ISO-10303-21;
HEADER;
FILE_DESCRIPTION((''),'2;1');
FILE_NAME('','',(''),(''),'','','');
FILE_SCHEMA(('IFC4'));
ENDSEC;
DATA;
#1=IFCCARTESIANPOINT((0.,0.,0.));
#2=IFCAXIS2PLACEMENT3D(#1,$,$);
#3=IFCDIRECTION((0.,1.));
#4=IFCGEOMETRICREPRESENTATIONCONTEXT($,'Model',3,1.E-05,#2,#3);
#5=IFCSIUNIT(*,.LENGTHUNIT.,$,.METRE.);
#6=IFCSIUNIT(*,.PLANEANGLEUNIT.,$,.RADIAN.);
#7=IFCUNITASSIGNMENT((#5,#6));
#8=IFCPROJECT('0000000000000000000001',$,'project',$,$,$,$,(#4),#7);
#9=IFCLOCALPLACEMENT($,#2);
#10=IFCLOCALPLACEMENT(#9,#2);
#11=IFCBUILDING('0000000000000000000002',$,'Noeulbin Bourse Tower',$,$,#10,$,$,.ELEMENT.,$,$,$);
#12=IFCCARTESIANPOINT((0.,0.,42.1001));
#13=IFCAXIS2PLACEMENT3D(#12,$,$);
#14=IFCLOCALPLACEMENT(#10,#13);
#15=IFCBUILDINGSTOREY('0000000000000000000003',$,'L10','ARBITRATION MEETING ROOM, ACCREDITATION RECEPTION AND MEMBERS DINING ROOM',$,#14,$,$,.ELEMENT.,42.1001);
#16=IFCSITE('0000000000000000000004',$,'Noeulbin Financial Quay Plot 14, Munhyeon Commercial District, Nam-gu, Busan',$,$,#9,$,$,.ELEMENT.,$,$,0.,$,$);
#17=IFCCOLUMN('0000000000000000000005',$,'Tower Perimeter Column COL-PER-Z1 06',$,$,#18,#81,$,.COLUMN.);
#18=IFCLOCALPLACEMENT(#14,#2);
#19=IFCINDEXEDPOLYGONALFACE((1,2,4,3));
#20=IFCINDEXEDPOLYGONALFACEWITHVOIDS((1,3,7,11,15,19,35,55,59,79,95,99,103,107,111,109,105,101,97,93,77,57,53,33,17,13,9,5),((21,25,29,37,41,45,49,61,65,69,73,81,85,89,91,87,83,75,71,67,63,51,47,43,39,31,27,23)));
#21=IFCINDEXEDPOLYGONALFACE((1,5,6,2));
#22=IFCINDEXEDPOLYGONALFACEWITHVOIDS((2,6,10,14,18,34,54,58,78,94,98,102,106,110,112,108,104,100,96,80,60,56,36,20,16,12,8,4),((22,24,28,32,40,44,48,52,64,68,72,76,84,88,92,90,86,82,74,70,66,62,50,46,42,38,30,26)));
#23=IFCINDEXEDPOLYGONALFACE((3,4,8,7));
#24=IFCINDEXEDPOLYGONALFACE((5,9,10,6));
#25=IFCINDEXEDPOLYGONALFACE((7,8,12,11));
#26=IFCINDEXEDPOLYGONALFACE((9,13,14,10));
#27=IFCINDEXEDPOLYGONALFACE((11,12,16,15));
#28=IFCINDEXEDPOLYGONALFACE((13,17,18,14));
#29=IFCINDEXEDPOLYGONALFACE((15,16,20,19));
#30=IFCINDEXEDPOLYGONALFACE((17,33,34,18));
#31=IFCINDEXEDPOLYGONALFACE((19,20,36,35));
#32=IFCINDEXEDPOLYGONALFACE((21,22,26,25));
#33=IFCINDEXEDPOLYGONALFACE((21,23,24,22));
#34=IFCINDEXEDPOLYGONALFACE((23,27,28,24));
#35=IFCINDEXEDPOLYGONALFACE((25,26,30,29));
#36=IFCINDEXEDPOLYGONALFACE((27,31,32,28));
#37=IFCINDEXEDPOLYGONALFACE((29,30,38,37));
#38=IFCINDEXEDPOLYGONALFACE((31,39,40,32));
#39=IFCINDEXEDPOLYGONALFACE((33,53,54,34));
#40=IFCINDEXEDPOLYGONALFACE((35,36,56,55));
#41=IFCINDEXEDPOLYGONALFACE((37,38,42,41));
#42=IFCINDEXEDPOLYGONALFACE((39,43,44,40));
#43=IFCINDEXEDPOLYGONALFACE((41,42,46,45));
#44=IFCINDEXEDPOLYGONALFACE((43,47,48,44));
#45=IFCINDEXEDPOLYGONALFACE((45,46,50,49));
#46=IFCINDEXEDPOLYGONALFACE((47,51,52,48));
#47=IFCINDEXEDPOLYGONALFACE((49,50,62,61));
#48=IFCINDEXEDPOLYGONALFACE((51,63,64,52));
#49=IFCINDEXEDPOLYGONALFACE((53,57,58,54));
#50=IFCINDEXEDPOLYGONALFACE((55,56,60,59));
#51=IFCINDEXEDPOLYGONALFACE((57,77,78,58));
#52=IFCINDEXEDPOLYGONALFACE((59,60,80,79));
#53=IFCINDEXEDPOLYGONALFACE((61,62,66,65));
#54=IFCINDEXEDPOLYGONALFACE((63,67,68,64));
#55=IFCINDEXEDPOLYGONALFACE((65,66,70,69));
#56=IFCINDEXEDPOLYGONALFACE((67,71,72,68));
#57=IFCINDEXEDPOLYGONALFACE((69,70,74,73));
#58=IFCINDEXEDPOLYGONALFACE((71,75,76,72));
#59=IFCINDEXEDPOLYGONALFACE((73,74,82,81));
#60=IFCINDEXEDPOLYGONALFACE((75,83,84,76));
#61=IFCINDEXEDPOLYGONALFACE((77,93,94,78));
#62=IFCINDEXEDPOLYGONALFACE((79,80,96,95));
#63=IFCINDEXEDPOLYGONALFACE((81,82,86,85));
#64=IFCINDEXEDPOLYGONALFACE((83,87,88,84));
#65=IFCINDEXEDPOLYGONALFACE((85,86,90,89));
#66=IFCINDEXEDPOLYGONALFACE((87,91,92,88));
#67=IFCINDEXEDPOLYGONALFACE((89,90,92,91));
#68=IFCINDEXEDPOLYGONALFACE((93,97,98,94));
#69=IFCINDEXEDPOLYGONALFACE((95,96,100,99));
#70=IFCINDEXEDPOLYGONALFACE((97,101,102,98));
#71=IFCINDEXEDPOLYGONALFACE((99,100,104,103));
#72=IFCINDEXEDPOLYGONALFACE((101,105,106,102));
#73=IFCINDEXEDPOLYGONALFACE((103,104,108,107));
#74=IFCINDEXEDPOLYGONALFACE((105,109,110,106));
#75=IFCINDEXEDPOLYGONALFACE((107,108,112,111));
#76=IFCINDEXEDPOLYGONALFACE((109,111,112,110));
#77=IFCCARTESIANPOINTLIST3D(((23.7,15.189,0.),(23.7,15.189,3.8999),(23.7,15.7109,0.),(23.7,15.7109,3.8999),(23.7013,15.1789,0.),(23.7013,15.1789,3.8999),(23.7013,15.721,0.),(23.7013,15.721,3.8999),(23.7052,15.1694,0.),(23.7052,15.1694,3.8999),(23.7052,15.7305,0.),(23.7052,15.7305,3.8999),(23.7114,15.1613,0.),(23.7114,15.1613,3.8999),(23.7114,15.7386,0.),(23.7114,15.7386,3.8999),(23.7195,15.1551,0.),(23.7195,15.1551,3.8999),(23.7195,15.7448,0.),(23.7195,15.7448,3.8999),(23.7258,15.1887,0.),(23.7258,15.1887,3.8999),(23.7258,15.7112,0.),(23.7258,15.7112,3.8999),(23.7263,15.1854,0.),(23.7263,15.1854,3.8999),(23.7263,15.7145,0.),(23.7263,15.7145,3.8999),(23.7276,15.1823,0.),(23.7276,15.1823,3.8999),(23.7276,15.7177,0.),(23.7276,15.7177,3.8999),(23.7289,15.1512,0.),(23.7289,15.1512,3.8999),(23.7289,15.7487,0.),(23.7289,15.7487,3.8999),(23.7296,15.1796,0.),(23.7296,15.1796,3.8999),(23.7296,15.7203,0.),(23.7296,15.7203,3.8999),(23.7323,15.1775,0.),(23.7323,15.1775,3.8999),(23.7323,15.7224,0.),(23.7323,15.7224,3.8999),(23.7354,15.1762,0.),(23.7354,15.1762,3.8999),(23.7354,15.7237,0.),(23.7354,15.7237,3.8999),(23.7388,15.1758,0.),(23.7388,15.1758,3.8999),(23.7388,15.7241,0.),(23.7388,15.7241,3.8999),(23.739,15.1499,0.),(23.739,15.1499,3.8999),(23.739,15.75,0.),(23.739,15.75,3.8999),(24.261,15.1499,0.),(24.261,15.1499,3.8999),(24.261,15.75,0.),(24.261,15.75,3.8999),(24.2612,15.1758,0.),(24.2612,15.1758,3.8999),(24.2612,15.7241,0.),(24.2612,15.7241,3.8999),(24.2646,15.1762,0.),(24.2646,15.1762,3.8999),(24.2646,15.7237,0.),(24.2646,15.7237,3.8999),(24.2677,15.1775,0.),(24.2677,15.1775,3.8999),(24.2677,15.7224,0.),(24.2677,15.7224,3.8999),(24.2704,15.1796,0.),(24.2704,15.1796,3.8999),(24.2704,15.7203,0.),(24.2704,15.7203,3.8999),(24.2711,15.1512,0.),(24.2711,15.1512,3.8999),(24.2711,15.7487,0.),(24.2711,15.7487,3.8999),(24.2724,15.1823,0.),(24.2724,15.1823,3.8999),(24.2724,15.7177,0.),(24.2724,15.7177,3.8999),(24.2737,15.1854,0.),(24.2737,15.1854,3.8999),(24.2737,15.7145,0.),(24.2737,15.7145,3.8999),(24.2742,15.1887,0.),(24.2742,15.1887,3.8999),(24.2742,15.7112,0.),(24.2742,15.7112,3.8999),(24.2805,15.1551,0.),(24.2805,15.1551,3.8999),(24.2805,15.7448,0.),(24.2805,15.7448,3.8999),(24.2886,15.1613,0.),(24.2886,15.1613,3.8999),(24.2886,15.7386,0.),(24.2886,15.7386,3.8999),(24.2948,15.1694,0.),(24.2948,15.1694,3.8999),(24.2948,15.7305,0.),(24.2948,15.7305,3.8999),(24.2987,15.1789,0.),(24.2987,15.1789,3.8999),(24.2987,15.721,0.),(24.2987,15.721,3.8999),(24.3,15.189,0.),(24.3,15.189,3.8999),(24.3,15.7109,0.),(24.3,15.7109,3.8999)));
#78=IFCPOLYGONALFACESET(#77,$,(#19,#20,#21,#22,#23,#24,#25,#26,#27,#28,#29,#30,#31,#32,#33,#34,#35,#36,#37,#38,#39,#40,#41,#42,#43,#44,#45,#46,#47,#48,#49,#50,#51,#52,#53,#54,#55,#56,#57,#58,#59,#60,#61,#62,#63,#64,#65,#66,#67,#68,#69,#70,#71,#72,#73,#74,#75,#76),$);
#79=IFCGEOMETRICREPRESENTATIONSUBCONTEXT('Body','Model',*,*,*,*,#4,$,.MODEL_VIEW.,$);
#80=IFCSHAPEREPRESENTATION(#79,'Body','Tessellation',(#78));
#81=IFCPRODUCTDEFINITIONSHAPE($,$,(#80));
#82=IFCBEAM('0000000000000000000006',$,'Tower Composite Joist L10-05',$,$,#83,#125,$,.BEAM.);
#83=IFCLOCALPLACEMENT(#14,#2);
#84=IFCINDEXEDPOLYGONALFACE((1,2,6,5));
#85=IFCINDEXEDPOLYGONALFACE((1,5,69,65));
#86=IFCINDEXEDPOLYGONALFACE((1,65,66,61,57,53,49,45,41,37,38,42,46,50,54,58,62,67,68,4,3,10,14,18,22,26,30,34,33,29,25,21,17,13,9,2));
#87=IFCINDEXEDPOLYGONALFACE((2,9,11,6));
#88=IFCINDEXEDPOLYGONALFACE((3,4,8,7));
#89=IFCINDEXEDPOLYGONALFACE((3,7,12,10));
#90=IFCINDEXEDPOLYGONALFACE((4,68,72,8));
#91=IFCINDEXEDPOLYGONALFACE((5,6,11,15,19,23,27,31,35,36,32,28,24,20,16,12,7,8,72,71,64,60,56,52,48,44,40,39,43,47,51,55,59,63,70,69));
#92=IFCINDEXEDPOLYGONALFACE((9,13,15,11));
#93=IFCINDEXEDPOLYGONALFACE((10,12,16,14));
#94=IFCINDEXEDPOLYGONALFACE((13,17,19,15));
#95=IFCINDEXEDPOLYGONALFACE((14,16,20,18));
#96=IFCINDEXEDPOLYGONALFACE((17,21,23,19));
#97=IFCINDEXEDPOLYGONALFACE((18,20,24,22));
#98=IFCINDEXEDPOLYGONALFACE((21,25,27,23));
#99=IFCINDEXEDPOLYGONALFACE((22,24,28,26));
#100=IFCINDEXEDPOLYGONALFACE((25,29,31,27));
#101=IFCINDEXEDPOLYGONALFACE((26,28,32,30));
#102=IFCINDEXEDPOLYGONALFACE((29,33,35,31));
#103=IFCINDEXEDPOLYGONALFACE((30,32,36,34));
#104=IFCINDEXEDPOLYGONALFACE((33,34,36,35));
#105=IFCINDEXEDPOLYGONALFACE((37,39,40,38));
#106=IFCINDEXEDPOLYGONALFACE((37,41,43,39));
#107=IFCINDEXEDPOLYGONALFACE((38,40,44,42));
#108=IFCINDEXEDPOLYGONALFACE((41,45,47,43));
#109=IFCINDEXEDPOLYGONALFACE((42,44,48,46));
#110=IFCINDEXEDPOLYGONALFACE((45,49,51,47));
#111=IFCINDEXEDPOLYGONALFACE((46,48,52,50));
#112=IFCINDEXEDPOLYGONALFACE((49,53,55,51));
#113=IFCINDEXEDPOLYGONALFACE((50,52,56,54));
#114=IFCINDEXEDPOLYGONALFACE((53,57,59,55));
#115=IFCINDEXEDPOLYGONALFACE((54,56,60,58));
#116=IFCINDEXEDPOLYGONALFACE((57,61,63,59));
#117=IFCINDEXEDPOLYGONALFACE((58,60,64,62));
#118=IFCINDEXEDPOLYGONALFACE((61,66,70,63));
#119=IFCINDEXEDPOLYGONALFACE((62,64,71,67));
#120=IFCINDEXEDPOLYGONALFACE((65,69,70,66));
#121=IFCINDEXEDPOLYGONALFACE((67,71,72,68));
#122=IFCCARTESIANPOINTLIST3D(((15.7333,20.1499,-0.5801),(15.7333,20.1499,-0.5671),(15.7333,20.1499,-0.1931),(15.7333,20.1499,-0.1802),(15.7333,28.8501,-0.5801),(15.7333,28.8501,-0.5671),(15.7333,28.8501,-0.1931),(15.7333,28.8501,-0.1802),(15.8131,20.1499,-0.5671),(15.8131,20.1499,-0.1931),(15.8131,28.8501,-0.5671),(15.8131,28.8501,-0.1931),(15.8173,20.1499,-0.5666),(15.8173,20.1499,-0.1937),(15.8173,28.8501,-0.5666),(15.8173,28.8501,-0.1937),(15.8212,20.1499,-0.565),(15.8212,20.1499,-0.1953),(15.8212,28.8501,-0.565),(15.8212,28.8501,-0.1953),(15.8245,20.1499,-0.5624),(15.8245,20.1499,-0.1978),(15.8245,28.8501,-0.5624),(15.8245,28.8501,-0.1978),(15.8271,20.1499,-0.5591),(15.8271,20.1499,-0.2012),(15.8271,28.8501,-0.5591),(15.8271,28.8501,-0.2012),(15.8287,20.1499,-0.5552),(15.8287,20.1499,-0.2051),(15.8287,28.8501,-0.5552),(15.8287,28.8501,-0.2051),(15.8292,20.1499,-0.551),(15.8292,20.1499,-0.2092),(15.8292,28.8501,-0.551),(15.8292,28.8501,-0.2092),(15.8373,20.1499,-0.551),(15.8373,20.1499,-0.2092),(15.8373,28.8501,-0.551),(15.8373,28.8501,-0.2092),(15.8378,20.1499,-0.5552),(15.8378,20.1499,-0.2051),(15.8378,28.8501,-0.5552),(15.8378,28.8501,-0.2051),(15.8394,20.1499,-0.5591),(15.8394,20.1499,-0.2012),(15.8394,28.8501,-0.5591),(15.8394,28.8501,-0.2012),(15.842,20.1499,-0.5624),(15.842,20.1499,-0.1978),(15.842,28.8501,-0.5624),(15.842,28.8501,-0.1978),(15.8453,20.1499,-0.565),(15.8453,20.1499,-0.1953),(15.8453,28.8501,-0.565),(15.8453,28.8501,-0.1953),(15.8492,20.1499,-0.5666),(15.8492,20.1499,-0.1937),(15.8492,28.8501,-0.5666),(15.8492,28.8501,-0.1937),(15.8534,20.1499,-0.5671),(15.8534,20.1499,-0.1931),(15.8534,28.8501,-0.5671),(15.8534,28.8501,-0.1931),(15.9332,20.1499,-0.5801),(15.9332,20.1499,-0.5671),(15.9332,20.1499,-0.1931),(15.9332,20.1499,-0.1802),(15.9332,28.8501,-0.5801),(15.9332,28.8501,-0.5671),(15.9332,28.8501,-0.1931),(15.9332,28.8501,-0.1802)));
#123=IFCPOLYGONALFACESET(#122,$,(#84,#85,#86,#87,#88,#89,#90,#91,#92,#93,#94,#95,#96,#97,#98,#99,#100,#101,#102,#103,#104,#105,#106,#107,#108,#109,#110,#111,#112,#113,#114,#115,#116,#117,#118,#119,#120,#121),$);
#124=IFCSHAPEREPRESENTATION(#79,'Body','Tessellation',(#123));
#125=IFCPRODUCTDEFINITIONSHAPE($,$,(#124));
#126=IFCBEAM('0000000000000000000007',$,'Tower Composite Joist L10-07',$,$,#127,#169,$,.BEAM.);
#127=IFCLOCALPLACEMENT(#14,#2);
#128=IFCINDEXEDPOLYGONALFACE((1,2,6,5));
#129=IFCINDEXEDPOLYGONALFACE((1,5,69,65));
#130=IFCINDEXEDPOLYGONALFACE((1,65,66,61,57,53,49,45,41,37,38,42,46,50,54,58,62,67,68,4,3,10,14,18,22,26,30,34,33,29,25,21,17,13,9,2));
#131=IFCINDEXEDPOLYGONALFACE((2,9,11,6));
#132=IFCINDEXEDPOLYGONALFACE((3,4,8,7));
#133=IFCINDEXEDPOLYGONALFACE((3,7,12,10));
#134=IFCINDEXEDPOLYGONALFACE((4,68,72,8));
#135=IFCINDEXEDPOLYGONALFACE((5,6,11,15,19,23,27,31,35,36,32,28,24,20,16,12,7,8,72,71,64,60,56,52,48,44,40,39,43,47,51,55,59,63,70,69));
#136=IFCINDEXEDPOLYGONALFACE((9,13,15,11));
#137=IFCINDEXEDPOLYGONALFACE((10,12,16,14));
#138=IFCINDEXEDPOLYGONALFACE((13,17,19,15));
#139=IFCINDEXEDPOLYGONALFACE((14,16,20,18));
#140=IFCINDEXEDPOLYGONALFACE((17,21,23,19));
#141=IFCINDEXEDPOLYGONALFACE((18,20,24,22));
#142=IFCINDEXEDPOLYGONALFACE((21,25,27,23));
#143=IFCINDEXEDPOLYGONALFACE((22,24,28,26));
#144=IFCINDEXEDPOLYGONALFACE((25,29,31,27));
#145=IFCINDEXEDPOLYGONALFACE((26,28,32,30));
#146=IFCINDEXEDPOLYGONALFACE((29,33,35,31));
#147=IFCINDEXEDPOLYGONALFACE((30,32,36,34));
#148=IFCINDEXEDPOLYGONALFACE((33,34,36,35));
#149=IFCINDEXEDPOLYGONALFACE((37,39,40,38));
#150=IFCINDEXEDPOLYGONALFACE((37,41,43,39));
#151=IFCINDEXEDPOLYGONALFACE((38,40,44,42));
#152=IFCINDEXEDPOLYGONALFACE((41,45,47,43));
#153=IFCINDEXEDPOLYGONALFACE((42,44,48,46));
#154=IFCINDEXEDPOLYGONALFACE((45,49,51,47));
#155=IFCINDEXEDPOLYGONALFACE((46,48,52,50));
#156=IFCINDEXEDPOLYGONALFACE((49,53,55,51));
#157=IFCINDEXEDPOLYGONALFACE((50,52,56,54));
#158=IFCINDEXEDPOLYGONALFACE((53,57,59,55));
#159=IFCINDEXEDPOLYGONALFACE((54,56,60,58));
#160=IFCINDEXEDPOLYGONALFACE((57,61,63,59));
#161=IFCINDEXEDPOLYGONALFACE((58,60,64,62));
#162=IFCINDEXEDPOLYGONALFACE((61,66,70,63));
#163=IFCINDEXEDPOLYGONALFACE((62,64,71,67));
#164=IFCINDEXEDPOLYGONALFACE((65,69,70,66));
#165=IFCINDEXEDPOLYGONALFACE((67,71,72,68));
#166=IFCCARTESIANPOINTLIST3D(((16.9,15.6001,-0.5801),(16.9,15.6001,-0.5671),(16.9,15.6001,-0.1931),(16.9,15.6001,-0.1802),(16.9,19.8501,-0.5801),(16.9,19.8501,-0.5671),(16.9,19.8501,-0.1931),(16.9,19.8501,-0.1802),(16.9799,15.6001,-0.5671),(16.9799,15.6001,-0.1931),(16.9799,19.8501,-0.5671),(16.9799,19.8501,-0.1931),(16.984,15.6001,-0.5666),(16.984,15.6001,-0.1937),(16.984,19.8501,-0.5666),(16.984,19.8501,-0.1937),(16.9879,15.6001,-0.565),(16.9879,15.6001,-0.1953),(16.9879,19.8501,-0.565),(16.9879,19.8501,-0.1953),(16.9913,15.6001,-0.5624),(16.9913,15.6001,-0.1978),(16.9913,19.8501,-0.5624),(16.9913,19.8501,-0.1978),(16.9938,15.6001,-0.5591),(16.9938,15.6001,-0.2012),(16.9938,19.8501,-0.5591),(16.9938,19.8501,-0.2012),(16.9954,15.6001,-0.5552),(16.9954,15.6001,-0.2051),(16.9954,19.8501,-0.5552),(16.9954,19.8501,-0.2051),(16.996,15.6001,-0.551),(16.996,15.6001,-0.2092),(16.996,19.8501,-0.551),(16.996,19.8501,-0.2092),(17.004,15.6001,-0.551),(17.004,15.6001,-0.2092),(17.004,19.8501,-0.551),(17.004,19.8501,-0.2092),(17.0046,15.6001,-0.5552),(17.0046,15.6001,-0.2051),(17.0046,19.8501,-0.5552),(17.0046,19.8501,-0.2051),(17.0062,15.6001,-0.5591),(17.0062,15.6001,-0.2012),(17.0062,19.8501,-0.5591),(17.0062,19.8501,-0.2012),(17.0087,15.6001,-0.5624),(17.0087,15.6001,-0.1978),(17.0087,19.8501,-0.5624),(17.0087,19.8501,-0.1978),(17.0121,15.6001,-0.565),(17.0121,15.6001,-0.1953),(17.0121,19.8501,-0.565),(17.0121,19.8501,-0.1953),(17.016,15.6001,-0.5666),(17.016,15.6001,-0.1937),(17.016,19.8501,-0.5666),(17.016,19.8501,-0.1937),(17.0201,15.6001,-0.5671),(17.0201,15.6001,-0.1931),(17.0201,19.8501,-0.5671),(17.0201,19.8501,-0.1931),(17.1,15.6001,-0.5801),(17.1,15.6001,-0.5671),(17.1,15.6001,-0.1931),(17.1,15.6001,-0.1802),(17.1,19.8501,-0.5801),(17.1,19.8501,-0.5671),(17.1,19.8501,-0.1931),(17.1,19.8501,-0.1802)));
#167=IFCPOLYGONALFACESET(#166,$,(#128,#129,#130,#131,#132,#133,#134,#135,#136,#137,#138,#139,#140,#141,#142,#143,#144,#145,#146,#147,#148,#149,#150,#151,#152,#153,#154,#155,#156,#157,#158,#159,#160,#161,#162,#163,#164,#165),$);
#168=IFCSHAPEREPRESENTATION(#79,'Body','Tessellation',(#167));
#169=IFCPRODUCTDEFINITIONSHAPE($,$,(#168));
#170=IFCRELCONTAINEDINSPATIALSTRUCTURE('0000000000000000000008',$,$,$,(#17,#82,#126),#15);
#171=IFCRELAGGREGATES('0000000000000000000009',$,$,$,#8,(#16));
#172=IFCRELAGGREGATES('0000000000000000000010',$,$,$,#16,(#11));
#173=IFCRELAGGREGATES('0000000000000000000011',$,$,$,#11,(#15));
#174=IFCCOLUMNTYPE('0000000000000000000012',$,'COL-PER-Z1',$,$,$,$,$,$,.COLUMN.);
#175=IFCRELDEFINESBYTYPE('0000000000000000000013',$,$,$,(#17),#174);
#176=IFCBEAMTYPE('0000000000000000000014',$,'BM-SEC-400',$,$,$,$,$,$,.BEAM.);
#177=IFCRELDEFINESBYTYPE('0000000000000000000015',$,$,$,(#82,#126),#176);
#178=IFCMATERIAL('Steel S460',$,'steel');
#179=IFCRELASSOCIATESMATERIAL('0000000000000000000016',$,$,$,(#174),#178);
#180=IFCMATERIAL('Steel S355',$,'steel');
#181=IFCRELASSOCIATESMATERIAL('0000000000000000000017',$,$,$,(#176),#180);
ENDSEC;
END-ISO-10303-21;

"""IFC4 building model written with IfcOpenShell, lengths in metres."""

from ifc_helpers import new_model, si_unit, direction, frame, origin, origin_2d, place, context, subcontext, project, spatial, hollow_rectangle, i_section, extrude, material, material_profile, profile_set, type_object, element, save


model = new_model("IFC4")

# Units and contexts
model_context = context("Model", 3, precision=1e-05, world=origin(), true_north=direction((0.0, 1.0)))
body_context = subcontext(model_context, "Body", "Model", "MODEL_VIEW")
ifc_project = project(units=[si_unit("LENGTHUNIT", "METRE"), si_unit("PLANEANGLEUNIT", "RADIAN")], contexts=[model_context])

# Site, building, storey
site_placement = place(None, origin())
site = spatial("IfcSite", under=ifc_project, at=site_placement, Name="Noeulbin Financial Quay Plot 14, Munhyeon Commercial District, Nam-gu, Busan", CompositionType="ELEMENT", RefElevation=0.0)
building_placement = place(site_placement, origin())
building = spatial("IfcBuilding", under=site, at=building_placement, Name="Noeulbin Bourse Tower", CompositionType="ELEMENT")
storey_placement = place(building_placement, frame((0.0, 0.0, 42.1001)))
storey = spatial("IfcBuildingStorey", under=building, at=storey_placement, Name="L10", Description="ARBITRATION MEETING ROOM, ACCREDITATION RECEPTION AND MEMBERS DINING ROOM", CompositionType="ELEMENT", Elevation=42.1001)

# Column
ifc_material_1 = material(Name="Steel S460", Category="steel")
ifc_material_profile_1 = material_profile(ifc_material_1, hollow_rectangle(XDim=0.6001, YDim=0.6001, WallThickness=0.0259, InnerFilletRadius=0.0129, OuterFilletRadius=0.0391, at=origin_2d()), Name="BOX-600x600x26", Category="LoadBearing")
ifc_profile_set_1 = profile_set([ifc_material_profile_1], Name="Steel S460")
column_type = type_object("IfcColumnType", Name="COL-PER-Z1", PredefinedType="COLUMN", material=ifc_profile_set_1)
column_placement = place(storey_placement, frame((24.0, 15.45, 0.0), z_axis=(0.0, 0.0, 1.0), x_axis=(1.0, 0.0, 0.0)))
element("IfcColumn", 1, at=column_placement, inside=storey, type_object=column_type, Name="Tower Perimeter Column COL-PER-Z1 06", PredefinedType="COLUMN", context=body_context, shape_type="SweptSolid", body=[
    extrude(hollow_rectangle(XDim=0.6001, YDim=0.6001, WallThickness=0.0259, InnerFilletRadius=0.0129, OuterFilletRadius=0.0391, at=origin_2d()), origin(), (0.0, 0.0, 1.0), 3.8999),
])

# Beams
ifc_material_2 = material(Name="Steel S355", Category="steel")
ifc_material_profile_2 = material_profile(ifc_material_2, i_section(OverallWidth=0.2, OverallDepth=0.3999, WebThickness=0.0081, FlangeThickness=0.0129, FilletRadius=0.0161, at=origin_2d()), Name="H-400x200x8x13", Category="LoadBearing")
ifc_profile_set_2 = profile_set([ifc_material_profile_2], Name="Steel S355")
beam_type = type_object("IfcBeamType", Name="BM-SEC-400", PredefinedType="BEAM", material=ifc_profile_set_2)
beam_1_placement = place(storey_placement, frame((15.8333, 20.1499, -0.3801), z_axis=(0.0, 1.0, 0.0), x_axis=(-1.0, 0.0, 0.0)))
element("IfcBeam", 2, at=beam_1_placement, inside=storey, type_object=beam_type, Name="Tower Composite Joist L10-05", PredefinedType="BEAM", context=body_context, shape_type="SweptSolid", body=[
    extrude(i_section(OverallWidth=0.2, OverallDepth=0.3999, WebThickness=0.0081, FlangeThickness=0.0129, FilletRadius=0.0161, at=origin_2d()), origin(), (0.0, 0.0, 1.0), 8.7002),
])
beam_2_placement = place(storey_placement, frame((17.0, 15.6001, -0.3801), z_axis=(0.0, 1.0, 0.0), x_axis=(-1.0, 0.0, 0.0)))
element("IfcBeam", 3, at=beam_2_placement, inside=storey, type_object=beam_type, Name="Tower Composite Joist L10-07", PredefinedType="BEAM", context=body_context, shape_type="SweptSolid", body=[
    extrude(i_section(OverallWidth=0.2, OverallDepth=0.3999, WebThickness=0.0081, FlangeThickness=0.0129, FilletRadius=0.0161, at=origin_2d()), origin(), (0.0, 0.0, 1.0), 4.25),
])

save(model, "model.ifc")
